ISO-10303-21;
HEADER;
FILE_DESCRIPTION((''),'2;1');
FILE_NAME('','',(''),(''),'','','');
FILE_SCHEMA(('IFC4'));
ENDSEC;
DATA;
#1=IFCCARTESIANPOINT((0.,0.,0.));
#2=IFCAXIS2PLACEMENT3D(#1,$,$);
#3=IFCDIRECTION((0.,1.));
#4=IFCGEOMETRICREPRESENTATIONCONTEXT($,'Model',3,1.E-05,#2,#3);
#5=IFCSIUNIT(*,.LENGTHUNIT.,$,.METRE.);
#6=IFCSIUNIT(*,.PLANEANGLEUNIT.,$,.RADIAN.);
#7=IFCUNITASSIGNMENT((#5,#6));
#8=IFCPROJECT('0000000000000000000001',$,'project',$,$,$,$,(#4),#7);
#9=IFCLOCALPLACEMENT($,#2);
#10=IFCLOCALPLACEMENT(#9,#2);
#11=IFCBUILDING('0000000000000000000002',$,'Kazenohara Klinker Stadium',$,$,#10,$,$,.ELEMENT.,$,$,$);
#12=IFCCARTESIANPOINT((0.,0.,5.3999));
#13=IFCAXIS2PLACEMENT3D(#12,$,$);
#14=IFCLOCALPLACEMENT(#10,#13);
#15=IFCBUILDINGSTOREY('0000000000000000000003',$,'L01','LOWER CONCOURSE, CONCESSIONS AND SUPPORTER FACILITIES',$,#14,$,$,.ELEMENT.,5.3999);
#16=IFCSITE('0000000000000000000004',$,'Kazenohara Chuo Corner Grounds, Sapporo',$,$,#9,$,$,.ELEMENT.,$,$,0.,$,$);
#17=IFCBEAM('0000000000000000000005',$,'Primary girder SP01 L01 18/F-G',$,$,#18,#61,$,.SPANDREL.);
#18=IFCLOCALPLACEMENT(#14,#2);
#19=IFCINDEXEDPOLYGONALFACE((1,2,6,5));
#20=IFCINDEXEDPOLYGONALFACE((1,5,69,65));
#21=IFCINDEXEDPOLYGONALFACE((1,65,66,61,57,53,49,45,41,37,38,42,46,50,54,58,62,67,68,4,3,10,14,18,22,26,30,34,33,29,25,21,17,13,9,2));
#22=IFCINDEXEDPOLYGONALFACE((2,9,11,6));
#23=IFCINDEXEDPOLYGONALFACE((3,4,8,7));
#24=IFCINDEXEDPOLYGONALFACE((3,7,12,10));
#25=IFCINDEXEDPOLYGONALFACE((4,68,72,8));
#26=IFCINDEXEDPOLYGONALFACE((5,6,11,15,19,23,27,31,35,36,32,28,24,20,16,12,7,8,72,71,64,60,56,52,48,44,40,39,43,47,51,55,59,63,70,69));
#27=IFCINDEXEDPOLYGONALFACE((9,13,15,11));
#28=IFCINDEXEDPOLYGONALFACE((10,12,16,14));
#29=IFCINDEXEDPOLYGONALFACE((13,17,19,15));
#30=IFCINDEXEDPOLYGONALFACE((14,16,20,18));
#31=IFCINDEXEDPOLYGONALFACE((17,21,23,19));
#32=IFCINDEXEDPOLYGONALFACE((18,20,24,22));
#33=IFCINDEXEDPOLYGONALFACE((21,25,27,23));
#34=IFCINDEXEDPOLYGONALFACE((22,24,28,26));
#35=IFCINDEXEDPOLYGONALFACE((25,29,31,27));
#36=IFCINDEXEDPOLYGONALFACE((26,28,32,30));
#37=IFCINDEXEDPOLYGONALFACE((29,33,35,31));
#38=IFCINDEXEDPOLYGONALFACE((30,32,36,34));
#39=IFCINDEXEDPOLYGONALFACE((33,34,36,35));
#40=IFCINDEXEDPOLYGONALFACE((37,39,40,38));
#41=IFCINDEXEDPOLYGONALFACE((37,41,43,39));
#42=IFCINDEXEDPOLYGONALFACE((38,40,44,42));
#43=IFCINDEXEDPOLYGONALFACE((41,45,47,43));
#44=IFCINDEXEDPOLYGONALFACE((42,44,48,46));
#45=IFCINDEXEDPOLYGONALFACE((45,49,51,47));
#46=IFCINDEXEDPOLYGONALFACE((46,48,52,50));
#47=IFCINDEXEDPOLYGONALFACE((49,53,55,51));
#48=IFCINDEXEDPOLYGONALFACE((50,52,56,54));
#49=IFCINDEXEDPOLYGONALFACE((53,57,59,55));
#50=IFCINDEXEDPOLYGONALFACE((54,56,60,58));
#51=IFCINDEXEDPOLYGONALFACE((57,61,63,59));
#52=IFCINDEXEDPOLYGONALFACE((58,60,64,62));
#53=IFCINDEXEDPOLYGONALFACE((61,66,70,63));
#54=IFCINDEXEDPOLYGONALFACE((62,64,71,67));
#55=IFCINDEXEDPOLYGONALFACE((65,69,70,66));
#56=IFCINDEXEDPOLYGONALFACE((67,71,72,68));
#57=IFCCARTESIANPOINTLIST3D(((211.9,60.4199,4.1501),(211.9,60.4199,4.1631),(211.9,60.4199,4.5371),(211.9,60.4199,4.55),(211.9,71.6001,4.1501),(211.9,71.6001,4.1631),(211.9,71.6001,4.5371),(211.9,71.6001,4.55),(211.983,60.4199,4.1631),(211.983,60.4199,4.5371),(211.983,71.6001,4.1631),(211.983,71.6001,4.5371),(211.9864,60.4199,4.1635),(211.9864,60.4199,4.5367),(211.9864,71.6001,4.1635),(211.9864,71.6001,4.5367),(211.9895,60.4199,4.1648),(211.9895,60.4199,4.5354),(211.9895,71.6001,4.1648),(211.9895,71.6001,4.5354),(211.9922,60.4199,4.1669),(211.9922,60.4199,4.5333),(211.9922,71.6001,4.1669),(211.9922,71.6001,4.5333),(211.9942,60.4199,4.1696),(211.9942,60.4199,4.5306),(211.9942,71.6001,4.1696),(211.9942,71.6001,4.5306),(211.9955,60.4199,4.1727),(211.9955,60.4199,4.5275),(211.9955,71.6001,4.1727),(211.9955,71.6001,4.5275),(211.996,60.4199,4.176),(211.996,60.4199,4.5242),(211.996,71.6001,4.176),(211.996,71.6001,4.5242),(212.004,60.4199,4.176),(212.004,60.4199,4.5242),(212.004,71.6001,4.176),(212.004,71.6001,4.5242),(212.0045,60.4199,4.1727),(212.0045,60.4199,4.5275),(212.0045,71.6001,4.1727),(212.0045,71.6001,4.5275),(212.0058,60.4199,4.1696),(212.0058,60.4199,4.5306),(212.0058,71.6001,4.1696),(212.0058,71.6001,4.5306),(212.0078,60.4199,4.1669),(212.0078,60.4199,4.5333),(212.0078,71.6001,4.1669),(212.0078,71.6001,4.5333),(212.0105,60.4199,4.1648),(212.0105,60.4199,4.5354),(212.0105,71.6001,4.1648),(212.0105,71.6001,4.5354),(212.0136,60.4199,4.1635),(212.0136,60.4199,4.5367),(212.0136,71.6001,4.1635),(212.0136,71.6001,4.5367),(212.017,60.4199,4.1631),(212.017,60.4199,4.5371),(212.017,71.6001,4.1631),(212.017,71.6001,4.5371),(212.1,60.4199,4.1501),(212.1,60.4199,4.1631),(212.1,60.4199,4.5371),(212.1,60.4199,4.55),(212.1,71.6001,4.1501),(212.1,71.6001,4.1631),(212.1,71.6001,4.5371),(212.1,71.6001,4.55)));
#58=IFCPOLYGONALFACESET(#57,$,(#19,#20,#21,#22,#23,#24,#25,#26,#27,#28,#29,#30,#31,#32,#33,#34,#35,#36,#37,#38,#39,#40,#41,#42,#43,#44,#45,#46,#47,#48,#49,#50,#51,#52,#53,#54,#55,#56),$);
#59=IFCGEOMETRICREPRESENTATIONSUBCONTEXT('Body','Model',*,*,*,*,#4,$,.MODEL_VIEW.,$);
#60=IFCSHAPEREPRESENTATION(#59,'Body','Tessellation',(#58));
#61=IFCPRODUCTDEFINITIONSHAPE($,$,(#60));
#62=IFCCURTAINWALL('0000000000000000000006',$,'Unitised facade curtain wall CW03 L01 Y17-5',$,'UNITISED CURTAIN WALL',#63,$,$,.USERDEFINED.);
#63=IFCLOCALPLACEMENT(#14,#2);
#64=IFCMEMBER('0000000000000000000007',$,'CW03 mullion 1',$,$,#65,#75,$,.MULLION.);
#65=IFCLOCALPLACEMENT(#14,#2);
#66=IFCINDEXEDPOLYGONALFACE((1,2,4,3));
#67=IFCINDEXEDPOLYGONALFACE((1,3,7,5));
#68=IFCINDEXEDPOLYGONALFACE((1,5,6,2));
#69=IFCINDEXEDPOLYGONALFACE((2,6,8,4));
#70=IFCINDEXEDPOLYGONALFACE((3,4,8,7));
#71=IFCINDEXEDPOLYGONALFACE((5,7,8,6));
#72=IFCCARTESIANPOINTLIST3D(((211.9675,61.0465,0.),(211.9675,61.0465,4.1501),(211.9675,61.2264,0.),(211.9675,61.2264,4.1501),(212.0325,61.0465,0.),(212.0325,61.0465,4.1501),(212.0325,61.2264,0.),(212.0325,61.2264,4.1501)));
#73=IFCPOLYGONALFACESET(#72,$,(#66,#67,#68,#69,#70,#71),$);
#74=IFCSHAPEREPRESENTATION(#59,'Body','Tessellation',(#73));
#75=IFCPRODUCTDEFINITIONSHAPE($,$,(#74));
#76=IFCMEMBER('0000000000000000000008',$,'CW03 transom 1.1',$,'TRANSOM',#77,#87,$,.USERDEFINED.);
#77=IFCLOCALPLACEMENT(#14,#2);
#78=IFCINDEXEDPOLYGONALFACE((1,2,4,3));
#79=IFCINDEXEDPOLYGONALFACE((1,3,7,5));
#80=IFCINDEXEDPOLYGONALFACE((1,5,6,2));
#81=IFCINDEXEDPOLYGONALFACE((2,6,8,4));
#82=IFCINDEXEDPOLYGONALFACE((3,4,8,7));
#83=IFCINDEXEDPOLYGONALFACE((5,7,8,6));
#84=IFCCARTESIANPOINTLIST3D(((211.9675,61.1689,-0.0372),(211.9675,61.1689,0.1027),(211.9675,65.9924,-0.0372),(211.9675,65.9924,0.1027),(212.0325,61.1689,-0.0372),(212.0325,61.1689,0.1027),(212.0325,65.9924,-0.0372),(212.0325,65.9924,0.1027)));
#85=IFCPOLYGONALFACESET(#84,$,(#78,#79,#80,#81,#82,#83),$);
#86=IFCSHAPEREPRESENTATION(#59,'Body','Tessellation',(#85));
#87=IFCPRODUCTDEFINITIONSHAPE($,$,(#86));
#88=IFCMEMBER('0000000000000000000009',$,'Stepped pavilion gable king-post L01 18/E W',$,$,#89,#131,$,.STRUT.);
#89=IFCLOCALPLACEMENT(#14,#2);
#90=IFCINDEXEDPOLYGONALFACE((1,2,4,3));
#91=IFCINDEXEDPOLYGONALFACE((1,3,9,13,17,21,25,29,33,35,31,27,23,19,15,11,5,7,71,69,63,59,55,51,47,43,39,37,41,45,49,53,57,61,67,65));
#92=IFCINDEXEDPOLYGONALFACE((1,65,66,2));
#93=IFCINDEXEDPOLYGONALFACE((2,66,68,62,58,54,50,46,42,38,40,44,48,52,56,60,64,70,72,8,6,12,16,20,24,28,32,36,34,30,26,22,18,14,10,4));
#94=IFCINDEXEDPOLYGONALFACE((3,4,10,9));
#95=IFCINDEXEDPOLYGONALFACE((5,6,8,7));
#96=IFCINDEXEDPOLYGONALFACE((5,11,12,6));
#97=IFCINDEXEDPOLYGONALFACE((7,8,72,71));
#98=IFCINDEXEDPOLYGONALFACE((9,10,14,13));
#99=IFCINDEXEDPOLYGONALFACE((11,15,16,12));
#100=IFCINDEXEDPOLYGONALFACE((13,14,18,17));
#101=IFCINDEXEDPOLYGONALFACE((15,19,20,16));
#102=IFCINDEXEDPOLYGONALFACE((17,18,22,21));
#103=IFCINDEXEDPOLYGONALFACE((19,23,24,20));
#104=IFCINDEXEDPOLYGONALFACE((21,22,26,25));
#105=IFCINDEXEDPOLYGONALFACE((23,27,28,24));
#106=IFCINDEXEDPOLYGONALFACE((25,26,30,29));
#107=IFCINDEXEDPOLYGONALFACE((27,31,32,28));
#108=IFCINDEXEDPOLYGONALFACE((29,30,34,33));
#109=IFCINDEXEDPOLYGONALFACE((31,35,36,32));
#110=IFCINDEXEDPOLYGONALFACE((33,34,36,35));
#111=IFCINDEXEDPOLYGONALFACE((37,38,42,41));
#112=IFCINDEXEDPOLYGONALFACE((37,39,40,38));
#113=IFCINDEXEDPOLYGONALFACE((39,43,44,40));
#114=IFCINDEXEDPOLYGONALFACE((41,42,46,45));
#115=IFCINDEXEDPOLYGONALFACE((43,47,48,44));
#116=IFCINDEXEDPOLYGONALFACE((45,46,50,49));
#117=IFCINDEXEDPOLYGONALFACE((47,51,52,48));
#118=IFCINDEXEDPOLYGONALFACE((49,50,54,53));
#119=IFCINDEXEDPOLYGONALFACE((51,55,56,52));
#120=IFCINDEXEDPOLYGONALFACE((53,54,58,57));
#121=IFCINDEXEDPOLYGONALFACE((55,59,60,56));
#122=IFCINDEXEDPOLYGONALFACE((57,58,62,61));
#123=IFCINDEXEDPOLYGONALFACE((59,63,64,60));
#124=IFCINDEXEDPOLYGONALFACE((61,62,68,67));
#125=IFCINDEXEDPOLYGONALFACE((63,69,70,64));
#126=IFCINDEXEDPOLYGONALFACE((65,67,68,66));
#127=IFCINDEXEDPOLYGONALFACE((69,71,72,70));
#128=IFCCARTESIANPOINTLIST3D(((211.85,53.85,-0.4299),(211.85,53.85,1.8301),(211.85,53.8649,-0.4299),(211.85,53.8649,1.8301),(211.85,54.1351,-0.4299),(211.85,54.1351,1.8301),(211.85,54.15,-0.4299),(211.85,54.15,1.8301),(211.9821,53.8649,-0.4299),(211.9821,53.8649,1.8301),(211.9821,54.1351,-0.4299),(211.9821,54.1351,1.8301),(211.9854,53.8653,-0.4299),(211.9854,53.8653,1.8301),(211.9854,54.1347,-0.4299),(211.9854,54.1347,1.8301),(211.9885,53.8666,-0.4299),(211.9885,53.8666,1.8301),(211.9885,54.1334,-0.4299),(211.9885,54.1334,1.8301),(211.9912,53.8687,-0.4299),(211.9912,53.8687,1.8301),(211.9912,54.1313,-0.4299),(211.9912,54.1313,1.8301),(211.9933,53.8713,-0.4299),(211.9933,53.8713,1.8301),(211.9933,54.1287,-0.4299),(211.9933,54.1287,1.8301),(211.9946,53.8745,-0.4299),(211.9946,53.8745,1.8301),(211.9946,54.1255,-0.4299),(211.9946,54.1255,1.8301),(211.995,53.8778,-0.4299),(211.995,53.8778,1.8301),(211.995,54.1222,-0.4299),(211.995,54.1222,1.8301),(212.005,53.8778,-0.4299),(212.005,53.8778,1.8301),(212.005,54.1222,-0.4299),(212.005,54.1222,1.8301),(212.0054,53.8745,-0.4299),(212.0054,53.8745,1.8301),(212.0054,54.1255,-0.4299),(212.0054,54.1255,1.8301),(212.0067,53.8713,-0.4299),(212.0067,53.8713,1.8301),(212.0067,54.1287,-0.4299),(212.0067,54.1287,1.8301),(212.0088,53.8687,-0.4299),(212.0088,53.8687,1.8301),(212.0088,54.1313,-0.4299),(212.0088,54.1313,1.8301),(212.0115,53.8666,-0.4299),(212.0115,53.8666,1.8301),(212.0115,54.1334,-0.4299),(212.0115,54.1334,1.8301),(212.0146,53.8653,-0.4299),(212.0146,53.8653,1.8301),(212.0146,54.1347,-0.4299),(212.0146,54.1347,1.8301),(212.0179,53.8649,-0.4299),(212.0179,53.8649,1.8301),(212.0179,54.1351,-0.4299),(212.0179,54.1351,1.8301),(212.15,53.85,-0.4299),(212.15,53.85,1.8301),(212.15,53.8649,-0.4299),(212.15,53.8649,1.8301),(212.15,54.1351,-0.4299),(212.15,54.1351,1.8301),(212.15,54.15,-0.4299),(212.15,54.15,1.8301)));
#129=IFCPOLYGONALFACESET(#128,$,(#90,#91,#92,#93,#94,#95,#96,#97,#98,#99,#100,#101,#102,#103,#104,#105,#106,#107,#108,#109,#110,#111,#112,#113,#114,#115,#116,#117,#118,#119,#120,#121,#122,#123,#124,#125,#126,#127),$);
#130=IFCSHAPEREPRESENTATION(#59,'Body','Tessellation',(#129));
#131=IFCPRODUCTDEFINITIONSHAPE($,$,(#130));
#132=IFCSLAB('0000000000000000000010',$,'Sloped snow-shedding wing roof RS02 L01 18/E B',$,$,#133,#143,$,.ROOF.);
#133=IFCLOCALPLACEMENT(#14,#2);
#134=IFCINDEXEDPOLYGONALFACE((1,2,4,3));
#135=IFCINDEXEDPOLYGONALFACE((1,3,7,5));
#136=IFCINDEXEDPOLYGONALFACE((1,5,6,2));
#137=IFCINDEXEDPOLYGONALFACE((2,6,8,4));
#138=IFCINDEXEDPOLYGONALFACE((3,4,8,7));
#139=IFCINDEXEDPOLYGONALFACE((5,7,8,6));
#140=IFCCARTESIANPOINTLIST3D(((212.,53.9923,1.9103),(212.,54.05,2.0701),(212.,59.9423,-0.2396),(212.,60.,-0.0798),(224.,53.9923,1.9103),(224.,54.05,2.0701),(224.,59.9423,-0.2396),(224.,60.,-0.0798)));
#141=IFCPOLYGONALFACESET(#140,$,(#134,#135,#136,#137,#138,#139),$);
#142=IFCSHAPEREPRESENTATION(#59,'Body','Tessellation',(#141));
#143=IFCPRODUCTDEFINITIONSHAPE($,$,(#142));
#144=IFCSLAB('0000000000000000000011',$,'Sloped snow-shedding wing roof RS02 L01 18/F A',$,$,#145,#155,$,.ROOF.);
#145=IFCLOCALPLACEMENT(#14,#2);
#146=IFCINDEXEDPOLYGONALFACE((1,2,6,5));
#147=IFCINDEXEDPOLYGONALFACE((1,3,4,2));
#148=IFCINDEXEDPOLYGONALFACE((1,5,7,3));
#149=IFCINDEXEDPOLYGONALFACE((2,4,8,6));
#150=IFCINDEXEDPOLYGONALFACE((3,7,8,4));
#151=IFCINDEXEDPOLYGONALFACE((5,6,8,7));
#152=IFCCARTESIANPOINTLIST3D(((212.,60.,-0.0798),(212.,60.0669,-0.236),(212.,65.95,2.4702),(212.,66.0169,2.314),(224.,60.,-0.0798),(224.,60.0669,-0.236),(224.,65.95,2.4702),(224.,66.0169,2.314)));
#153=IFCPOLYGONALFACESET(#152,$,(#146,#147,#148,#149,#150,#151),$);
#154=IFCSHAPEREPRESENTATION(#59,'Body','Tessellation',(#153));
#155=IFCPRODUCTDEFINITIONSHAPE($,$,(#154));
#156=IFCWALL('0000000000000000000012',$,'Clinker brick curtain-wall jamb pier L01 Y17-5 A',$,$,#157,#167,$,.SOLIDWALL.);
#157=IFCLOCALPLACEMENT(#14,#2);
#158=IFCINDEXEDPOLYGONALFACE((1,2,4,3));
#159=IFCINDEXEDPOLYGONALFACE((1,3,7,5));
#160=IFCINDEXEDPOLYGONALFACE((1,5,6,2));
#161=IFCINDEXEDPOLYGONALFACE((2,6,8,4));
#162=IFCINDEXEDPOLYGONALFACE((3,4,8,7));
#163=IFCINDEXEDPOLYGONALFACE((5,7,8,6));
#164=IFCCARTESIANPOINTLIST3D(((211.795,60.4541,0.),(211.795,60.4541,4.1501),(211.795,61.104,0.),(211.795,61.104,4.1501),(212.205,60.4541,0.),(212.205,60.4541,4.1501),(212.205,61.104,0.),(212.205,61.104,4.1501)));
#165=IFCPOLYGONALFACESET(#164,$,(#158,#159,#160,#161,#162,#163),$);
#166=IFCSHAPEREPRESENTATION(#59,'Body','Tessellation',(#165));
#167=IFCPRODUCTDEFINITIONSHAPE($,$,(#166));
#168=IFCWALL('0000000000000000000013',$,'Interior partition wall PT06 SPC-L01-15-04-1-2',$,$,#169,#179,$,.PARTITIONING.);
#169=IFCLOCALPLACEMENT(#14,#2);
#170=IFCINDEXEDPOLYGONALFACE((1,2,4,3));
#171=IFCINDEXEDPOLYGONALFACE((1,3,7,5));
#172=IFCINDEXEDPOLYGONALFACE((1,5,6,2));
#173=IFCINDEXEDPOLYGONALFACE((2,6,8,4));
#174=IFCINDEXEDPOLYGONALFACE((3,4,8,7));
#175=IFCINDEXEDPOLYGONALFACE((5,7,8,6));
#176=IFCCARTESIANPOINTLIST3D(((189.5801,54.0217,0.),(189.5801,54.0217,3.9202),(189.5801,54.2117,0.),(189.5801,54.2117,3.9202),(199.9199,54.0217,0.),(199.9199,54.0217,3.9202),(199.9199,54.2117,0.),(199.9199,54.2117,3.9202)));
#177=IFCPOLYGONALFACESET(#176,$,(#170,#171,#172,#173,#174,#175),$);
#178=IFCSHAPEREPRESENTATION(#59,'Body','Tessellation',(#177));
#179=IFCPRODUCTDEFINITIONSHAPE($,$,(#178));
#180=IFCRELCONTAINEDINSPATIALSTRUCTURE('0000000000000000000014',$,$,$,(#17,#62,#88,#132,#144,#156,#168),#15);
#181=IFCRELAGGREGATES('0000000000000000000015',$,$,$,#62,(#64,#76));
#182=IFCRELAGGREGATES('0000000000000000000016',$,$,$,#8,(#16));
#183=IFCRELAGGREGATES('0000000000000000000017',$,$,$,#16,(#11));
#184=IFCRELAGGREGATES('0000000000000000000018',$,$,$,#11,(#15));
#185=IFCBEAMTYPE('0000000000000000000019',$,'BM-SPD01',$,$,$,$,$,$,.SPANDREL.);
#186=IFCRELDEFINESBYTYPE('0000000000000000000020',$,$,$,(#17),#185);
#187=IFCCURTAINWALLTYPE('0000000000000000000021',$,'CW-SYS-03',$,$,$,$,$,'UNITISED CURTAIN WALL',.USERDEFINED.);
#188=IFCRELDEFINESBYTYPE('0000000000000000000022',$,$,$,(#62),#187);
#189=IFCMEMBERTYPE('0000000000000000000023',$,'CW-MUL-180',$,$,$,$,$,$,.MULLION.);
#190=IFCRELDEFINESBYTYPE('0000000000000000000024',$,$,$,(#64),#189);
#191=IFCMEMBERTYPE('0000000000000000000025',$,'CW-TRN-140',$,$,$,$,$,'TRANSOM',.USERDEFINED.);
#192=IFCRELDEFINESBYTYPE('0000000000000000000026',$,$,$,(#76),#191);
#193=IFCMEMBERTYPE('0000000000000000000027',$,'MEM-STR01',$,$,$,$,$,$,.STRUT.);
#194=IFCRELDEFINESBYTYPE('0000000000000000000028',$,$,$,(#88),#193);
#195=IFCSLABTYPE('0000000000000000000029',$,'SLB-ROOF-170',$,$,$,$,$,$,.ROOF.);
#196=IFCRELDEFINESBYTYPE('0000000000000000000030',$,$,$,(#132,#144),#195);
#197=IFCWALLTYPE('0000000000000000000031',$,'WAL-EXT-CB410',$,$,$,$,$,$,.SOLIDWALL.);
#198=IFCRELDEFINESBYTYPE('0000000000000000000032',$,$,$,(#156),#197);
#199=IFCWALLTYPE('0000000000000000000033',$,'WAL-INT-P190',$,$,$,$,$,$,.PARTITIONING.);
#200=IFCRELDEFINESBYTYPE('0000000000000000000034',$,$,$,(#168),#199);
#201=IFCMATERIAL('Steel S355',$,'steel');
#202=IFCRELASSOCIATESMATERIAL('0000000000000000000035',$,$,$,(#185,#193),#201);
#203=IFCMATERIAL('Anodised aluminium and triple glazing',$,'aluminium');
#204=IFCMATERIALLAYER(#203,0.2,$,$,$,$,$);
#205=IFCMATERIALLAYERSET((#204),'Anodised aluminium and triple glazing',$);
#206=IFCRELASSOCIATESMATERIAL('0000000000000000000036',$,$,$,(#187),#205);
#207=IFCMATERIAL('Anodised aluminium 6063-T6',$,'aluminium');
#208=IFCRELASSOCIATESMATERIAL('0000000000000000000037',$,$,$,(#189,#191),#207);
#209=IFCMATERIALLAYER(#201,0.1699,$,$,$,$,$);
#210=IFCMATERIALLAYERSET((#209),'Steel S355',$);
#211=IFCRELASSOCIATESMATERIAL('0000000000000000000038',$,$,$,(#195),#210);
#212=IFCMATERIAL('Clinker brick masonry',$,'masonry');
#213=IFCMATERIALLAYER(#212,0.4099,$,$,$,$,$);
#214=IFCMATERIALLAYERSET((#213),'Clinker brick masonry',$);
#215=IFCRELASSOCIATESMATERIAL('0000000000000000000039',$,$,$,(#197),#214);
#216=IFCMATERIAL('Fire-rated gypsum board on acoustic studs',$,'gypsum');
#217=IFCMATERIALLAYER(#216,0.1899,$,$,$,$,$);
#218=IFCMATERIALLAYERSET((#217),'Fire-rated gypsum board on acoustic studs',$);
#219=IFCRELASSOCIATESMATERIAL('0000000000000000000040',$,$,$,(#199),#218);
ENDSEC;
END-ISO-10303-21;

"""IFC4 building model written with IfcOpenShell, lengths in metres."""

from ifc_helpers import new_model, si_unit, direction, frame, frame_2d, origin, origin_2d, place, context, subcontext, project, spatial, polyline, rectangle, i_section, outline, extrude, material, layer, layer_set, material_profile, profile_set, type_object, element, aggregate, save


model = new_model("IFC4")

# Units and contexts
model_context = context("Model", 3, precision=1e-05, world=origin(), true_north=direction((0.0, 1.0)))
body_context = subcontext(model_context, "Body", "Model", "MODEL_VIEW")
ifc_project = project(units=[si_unit("LENGTHUNIT", "METRE"), si_unit("PLANEANGLEUNIT", "RADIAN")], contexts=[model_context])

# Site, building, storey
site_placement = place(None, origin())
site = spatial("IfcSite", under=ifc_project, at=site_placement, Name="Kazenohara Chuo Corner Grounds, Sapporo", CompositionType="ELEMENT", RefElevation=0.0)
building_placement = place(site_placement, origin())
building = spatial("IfcBuilding", under=site, at=building_placement, Name="Kazenohara Klinker Stadium", CompositionType="ELEMENT")
storey_placement = place(building_placement, frame((0.0, 0.0, 5.3999)))
storey = spatial("IfcBuildingStorey", under=building, at=storey_placement, Name="L01", Description="LOWER CONCOURSE, CONCESSIONS AND SUPPORTER FACILITIES", CompositionType="ELEMENT", Elevation=5.3999)

# Beam
ifc_material_1 = material(Name="Steel S355", Category="steel")
ifc_material_profile_1 = material_profile(ifc_material_1, i_section(OverallWidth=0.2, OverallDepth=0.3999, WebThickness=0.0081, FlangeThickness=0.0129, FilletRadius=0.0129, at=origin_2d()), Name="H-400x200x8x13")
ifc_profile_set_1 = profile_set([ifc_material_profile_1], Name="Steel S355")
beam_type_1 = type_object("IfcBeamType", Name="BM-SPD01", PredefinedType="SPANDREL", material=ifc_profile_set_1)
beam_1_placement = place(storey_placement, frame((212.0, 60.4199, 4.3501), z_axis=(0.0, 1.0, 0.0), x_axis=(-1.0, 0.0, 0.0)))
element("IfcBeam", 1, at=beam_1_placement, inside=storey, type_object=beam_type_1, Name="Primary girder SP01 L01 18/F-G", PredefinedType="SPANDREL", context=body_context, shape_type="SweptSolid", body=[
    extrude(i_section(OverallWidth=0.2, OverallDepth=0.3999, WebThickness=0.0081, FlangeThickness=0.0129, FilletRadius=0.0129, at=origin_2d()), origin(), (0.0, 0.0, 1.0), 11.1802),
])

# Curtain wall, members
ifc_material_2 = material(Name="Anodised aluminium and triple glazing", Category="aluminium")
ifc_layer_1 = layer(ifc_material_2, 0.2)
ifc_layer_set_1 = layer_set([ifc_layer_1], Name="Anodised aluminium and triple glazing")
curtain_wall_type = type_object("IfcCurtainWallType", Name="CW-SYS-03", ElementType="UNITISED CURTAIN WALL", PredefinedType="USERDEFINED", material=ifc_layer_set_1)
curtain_wall_placement = place(storey_placement, origin())
curtain_wall = element("IfcCurtainWall", 2, at=curtain_wall_placement, inside=storey, type_object=curtain_wall_type, Name="Unitised facade curtain wall CW03 L01 Y17-5", ObjectType="UNITISED CURTAIN WALL", PredefinedType="USERDEFINED")
ifc_material_3 = material(Name="Anodised aluminium 6063-T6", Category="aluminium")
ifc_material_profile_2 = material_profile(ifc_material_3, rectangle(XDim=0.0649, YDim=0.1799, at=origin_2d()), Name="ALU-MUL-65x180")
ifc_profile_set_2 = profile_set([ifc_material_profile_2], Name="Anodised aluminium 6063-T6")
member_type_1 = type_object("IfcMemberType", Name="CW-MUL-180", PredefinedType="MULLION", material=ifc_profile_set_2)
member_1_placement = place(storey_placement, frame((212.0, 61.1365, 0.0), z_axis=(0.0, 0.0, 1.0), x_axis=(-1.0, 0.0, 0.0)))
member_1 = element("IfcMember", 3, at=member_1_placement, type_object=member_type_1, Name="CW03 mullion 1", PredefinedType="MULLION", context=body_context, shape_type="SweptSolid", body=[
    extrude(rectangle(XDim=0.0649, YDim=0.1799, at=origin_2d()), origin(), (0.0, 0.0, 1.0), 4.1501),
])
ifc_material_profile_3 = material_profile(ifc_material_3, rectangle(XDim=0.0649, YDim=0.1399, at=origin_2d()), Name="ALU-TRN-65x140")
ifc_profile_set_3 = profile_set([ifc_material_profile_3], Name="Anodised aluminium 6063-T6")
member_type_2 = type_object("IfcMemberType", Name="CW-TRN-140", ElementType="TRANSOM", PredefinedType="USERDEFINED", material=ifc_profile_set_3)
member_2_placement = place(storey_placement, frame((212.0, 61.1689, 0.0327), z_axis=(0.0, 1.0, 0.0), x_axis=(-1.0, 0.0, 0.0)))
member_2 = element("IfcMember", 4, at=member_2_placement, type_object=member_type_2, Name="CW03 transom 1.1", ObjectType="TRANSOM", PredefinedType="USERDEFINED", context=body_context, shape_type="SweptSolid", body=[
    extrude(rectangle(XDim=0.0649, YDim=0.1399, at=origin_2d()), origin(), (0.0, 0.0, 1.0), 4.8235),
])
aggregate(curtain_wall, [member_1, member_2])

# Member
ifc_material_profile_4 = material_profile(ifc_material_1, i_section(OverallWidth=0.3, OverallDepth=0.3, WebThickness=0.01, FlangeThickness=0.0149, FilletRadius=0.0129, at=origin_2d()), Name="H-300x300x10x15")
ifc_profile_set_4 = profile_set([ifc_material_profile_4], Name="Steel S355")
member_type_3 = type_object("IfcMemberType", Name="MEM-STR01", PredefinedType="STRUT", material=ifc_profile_set_4)
member_3_placement = place(storey_placement, frame((212.0, 54.0, -0.4299), z_axis=(0.0, 0.0, 1.0), x_axis=(1.0, 0.0, 0.0)))
element("IfcMember", 5, at=member_3_placement, inside=storey, type_object=member_type_3, Name="Stepped pavilion gable king-post L01 18/E W", PredefinedType="STRUT", context=body_context, shape_type="SweptSolid", body=[
    extrude(i_section(OverallWidth=0.3, OverallDepth=0.3, WebThickness=0.01, FlangeThickness=0.0149, FilletRadius=0.0129, at=origin_2d()), origin(), (0.0, 0.0, 1.0), 2.26),
])

# Slabs
ifc_layer_2 = layer(ifc_material_1, 0.1699)
ifc_layer_set_2 = layer_set([ifc_layer_2], Name="Steel S355")
slab_type = type_object("IfcSlabType", Name="SLB-ROOF-170", PredefinedType="ROOF", material=ifc_layer_set_2)
slab_1_placement = place(storey_placement, frame((212.0, 54.05, 2.0701), z_axis=(0.0, 0.339827, 0.940488), x_axis=(1.0, 0.0, 0.0)))
element("IfcSlab", 6, at=slab_1_placement, inside=storey, type_object=slab_type, Name="Sloped snow-shedding wing roof RS02 L01 18/E B", PredefinedType="ROOF", context=body_context, shape_type="SweptSolid", body=[
    extrude(outline(polyline([(0.0, 0.0), (12.0, 0.0), (12.0, 6.3265), (0.0, 6.3265), (0.0, 0.0)])), origin(), (0.0, 0.0, -1.0), 0.1699),
])
slab_2_placement = place(storey_placement, frame((212.0, 60.0, -0.0798), z_axis=(0.0, -0.393928, 0.919141), x_axis=(1.0, 0.0, 0.0)))
element("IfcSlab", 7, at=slab_2_placement, inside=storey, type_object=slab_type, Name="Sloped snow-shedding wing roof RS02 L01 18/F A", PredefinedType="ROOF", context=body_context, shape_type="SweptSolid", body=[
    extrude(outline(polyline([(0.0, 0.0), (12.0, 0.0), (12.0, 6.4734), (0.0, 6.4734), (0.0, 0.0)])), origin(), (0.0, 0.0, -1.0), 0.1699),
])

# Walls
ifc_material_4 = material(Name="Clinker brick masonry", Category="masonry")
ifc_layer_3 = layer(ifc_material_4, 0.4099)
ifc_layer_set_3 = layer_set([ifc_layer_3], Name="Clinker brick masonry")
wall_type_1 = type_object("IfcWallType", Name="WAL-EXT-CB410", PredefinedType="SOLIDWALL", material=ifc_layer_set_3)
wall_1_placement = place(storey_placement, frame((212.0, 60.4541, 0.0), z_axis=(0.0, 0.0, 1.0), x_axis=(0.0, 1.0, 0.0)))
element("IfcWall", 8, at=wall_1_placement, inside=storey, type_object=wall_type_1, Name="Clinker brick curtain-wall jamb pier L01 Y17-5 A", PredefinedType="SOLIDWALL", context=body_context, shape_type="SweptSolid", body=[
    extrude(rectangle(XDim=0.6499, YDim=0.4099, at=frame_2d((0.325, 0.0))), origin(), (0.0, 0.0, 1.0), 4.1501),
])
ifc_material_5 = material(Name="Fire-rated gypsum board on acoustic studs", Category="gypsum")
ifc_layer_4 = layer(ifc_material_5, 0.1899)
ifc_layer_set_4 = layer_set([ifc_layer_4], Name="Fire-rated gypsum board on acoustic studs")
wall_type_2 = type_object("IfcWallType", Name="WAL-INT-P190", PredefinedType="PARTITIONING", material=ifc_layer_set_4)
wall_2_placement = place(storey_placement, frame((189.5801, 54.1167, 0.0), z_axis=(0.0, 0.0, 1.0), x_axis=(1.0, 0.0, 0.0)))
element("IfcWall", 9, at=wall_2_placement, inside=storey, type_object=wall_type_2, Name="Interior partition wall PT06 SPC-L01-15-04-1-2", PredefinedType="PARTITIONING", context=body_context, shape_type="SweptSolid", body=[
    extrude(rectangle(XDim=10.3398, YDim=0.1899, at=frame_2d((5.1699, 0.0))), origin(), (0.0, 0.0, 1.0), 3.9202),
])

save(model, "model.ifc")
